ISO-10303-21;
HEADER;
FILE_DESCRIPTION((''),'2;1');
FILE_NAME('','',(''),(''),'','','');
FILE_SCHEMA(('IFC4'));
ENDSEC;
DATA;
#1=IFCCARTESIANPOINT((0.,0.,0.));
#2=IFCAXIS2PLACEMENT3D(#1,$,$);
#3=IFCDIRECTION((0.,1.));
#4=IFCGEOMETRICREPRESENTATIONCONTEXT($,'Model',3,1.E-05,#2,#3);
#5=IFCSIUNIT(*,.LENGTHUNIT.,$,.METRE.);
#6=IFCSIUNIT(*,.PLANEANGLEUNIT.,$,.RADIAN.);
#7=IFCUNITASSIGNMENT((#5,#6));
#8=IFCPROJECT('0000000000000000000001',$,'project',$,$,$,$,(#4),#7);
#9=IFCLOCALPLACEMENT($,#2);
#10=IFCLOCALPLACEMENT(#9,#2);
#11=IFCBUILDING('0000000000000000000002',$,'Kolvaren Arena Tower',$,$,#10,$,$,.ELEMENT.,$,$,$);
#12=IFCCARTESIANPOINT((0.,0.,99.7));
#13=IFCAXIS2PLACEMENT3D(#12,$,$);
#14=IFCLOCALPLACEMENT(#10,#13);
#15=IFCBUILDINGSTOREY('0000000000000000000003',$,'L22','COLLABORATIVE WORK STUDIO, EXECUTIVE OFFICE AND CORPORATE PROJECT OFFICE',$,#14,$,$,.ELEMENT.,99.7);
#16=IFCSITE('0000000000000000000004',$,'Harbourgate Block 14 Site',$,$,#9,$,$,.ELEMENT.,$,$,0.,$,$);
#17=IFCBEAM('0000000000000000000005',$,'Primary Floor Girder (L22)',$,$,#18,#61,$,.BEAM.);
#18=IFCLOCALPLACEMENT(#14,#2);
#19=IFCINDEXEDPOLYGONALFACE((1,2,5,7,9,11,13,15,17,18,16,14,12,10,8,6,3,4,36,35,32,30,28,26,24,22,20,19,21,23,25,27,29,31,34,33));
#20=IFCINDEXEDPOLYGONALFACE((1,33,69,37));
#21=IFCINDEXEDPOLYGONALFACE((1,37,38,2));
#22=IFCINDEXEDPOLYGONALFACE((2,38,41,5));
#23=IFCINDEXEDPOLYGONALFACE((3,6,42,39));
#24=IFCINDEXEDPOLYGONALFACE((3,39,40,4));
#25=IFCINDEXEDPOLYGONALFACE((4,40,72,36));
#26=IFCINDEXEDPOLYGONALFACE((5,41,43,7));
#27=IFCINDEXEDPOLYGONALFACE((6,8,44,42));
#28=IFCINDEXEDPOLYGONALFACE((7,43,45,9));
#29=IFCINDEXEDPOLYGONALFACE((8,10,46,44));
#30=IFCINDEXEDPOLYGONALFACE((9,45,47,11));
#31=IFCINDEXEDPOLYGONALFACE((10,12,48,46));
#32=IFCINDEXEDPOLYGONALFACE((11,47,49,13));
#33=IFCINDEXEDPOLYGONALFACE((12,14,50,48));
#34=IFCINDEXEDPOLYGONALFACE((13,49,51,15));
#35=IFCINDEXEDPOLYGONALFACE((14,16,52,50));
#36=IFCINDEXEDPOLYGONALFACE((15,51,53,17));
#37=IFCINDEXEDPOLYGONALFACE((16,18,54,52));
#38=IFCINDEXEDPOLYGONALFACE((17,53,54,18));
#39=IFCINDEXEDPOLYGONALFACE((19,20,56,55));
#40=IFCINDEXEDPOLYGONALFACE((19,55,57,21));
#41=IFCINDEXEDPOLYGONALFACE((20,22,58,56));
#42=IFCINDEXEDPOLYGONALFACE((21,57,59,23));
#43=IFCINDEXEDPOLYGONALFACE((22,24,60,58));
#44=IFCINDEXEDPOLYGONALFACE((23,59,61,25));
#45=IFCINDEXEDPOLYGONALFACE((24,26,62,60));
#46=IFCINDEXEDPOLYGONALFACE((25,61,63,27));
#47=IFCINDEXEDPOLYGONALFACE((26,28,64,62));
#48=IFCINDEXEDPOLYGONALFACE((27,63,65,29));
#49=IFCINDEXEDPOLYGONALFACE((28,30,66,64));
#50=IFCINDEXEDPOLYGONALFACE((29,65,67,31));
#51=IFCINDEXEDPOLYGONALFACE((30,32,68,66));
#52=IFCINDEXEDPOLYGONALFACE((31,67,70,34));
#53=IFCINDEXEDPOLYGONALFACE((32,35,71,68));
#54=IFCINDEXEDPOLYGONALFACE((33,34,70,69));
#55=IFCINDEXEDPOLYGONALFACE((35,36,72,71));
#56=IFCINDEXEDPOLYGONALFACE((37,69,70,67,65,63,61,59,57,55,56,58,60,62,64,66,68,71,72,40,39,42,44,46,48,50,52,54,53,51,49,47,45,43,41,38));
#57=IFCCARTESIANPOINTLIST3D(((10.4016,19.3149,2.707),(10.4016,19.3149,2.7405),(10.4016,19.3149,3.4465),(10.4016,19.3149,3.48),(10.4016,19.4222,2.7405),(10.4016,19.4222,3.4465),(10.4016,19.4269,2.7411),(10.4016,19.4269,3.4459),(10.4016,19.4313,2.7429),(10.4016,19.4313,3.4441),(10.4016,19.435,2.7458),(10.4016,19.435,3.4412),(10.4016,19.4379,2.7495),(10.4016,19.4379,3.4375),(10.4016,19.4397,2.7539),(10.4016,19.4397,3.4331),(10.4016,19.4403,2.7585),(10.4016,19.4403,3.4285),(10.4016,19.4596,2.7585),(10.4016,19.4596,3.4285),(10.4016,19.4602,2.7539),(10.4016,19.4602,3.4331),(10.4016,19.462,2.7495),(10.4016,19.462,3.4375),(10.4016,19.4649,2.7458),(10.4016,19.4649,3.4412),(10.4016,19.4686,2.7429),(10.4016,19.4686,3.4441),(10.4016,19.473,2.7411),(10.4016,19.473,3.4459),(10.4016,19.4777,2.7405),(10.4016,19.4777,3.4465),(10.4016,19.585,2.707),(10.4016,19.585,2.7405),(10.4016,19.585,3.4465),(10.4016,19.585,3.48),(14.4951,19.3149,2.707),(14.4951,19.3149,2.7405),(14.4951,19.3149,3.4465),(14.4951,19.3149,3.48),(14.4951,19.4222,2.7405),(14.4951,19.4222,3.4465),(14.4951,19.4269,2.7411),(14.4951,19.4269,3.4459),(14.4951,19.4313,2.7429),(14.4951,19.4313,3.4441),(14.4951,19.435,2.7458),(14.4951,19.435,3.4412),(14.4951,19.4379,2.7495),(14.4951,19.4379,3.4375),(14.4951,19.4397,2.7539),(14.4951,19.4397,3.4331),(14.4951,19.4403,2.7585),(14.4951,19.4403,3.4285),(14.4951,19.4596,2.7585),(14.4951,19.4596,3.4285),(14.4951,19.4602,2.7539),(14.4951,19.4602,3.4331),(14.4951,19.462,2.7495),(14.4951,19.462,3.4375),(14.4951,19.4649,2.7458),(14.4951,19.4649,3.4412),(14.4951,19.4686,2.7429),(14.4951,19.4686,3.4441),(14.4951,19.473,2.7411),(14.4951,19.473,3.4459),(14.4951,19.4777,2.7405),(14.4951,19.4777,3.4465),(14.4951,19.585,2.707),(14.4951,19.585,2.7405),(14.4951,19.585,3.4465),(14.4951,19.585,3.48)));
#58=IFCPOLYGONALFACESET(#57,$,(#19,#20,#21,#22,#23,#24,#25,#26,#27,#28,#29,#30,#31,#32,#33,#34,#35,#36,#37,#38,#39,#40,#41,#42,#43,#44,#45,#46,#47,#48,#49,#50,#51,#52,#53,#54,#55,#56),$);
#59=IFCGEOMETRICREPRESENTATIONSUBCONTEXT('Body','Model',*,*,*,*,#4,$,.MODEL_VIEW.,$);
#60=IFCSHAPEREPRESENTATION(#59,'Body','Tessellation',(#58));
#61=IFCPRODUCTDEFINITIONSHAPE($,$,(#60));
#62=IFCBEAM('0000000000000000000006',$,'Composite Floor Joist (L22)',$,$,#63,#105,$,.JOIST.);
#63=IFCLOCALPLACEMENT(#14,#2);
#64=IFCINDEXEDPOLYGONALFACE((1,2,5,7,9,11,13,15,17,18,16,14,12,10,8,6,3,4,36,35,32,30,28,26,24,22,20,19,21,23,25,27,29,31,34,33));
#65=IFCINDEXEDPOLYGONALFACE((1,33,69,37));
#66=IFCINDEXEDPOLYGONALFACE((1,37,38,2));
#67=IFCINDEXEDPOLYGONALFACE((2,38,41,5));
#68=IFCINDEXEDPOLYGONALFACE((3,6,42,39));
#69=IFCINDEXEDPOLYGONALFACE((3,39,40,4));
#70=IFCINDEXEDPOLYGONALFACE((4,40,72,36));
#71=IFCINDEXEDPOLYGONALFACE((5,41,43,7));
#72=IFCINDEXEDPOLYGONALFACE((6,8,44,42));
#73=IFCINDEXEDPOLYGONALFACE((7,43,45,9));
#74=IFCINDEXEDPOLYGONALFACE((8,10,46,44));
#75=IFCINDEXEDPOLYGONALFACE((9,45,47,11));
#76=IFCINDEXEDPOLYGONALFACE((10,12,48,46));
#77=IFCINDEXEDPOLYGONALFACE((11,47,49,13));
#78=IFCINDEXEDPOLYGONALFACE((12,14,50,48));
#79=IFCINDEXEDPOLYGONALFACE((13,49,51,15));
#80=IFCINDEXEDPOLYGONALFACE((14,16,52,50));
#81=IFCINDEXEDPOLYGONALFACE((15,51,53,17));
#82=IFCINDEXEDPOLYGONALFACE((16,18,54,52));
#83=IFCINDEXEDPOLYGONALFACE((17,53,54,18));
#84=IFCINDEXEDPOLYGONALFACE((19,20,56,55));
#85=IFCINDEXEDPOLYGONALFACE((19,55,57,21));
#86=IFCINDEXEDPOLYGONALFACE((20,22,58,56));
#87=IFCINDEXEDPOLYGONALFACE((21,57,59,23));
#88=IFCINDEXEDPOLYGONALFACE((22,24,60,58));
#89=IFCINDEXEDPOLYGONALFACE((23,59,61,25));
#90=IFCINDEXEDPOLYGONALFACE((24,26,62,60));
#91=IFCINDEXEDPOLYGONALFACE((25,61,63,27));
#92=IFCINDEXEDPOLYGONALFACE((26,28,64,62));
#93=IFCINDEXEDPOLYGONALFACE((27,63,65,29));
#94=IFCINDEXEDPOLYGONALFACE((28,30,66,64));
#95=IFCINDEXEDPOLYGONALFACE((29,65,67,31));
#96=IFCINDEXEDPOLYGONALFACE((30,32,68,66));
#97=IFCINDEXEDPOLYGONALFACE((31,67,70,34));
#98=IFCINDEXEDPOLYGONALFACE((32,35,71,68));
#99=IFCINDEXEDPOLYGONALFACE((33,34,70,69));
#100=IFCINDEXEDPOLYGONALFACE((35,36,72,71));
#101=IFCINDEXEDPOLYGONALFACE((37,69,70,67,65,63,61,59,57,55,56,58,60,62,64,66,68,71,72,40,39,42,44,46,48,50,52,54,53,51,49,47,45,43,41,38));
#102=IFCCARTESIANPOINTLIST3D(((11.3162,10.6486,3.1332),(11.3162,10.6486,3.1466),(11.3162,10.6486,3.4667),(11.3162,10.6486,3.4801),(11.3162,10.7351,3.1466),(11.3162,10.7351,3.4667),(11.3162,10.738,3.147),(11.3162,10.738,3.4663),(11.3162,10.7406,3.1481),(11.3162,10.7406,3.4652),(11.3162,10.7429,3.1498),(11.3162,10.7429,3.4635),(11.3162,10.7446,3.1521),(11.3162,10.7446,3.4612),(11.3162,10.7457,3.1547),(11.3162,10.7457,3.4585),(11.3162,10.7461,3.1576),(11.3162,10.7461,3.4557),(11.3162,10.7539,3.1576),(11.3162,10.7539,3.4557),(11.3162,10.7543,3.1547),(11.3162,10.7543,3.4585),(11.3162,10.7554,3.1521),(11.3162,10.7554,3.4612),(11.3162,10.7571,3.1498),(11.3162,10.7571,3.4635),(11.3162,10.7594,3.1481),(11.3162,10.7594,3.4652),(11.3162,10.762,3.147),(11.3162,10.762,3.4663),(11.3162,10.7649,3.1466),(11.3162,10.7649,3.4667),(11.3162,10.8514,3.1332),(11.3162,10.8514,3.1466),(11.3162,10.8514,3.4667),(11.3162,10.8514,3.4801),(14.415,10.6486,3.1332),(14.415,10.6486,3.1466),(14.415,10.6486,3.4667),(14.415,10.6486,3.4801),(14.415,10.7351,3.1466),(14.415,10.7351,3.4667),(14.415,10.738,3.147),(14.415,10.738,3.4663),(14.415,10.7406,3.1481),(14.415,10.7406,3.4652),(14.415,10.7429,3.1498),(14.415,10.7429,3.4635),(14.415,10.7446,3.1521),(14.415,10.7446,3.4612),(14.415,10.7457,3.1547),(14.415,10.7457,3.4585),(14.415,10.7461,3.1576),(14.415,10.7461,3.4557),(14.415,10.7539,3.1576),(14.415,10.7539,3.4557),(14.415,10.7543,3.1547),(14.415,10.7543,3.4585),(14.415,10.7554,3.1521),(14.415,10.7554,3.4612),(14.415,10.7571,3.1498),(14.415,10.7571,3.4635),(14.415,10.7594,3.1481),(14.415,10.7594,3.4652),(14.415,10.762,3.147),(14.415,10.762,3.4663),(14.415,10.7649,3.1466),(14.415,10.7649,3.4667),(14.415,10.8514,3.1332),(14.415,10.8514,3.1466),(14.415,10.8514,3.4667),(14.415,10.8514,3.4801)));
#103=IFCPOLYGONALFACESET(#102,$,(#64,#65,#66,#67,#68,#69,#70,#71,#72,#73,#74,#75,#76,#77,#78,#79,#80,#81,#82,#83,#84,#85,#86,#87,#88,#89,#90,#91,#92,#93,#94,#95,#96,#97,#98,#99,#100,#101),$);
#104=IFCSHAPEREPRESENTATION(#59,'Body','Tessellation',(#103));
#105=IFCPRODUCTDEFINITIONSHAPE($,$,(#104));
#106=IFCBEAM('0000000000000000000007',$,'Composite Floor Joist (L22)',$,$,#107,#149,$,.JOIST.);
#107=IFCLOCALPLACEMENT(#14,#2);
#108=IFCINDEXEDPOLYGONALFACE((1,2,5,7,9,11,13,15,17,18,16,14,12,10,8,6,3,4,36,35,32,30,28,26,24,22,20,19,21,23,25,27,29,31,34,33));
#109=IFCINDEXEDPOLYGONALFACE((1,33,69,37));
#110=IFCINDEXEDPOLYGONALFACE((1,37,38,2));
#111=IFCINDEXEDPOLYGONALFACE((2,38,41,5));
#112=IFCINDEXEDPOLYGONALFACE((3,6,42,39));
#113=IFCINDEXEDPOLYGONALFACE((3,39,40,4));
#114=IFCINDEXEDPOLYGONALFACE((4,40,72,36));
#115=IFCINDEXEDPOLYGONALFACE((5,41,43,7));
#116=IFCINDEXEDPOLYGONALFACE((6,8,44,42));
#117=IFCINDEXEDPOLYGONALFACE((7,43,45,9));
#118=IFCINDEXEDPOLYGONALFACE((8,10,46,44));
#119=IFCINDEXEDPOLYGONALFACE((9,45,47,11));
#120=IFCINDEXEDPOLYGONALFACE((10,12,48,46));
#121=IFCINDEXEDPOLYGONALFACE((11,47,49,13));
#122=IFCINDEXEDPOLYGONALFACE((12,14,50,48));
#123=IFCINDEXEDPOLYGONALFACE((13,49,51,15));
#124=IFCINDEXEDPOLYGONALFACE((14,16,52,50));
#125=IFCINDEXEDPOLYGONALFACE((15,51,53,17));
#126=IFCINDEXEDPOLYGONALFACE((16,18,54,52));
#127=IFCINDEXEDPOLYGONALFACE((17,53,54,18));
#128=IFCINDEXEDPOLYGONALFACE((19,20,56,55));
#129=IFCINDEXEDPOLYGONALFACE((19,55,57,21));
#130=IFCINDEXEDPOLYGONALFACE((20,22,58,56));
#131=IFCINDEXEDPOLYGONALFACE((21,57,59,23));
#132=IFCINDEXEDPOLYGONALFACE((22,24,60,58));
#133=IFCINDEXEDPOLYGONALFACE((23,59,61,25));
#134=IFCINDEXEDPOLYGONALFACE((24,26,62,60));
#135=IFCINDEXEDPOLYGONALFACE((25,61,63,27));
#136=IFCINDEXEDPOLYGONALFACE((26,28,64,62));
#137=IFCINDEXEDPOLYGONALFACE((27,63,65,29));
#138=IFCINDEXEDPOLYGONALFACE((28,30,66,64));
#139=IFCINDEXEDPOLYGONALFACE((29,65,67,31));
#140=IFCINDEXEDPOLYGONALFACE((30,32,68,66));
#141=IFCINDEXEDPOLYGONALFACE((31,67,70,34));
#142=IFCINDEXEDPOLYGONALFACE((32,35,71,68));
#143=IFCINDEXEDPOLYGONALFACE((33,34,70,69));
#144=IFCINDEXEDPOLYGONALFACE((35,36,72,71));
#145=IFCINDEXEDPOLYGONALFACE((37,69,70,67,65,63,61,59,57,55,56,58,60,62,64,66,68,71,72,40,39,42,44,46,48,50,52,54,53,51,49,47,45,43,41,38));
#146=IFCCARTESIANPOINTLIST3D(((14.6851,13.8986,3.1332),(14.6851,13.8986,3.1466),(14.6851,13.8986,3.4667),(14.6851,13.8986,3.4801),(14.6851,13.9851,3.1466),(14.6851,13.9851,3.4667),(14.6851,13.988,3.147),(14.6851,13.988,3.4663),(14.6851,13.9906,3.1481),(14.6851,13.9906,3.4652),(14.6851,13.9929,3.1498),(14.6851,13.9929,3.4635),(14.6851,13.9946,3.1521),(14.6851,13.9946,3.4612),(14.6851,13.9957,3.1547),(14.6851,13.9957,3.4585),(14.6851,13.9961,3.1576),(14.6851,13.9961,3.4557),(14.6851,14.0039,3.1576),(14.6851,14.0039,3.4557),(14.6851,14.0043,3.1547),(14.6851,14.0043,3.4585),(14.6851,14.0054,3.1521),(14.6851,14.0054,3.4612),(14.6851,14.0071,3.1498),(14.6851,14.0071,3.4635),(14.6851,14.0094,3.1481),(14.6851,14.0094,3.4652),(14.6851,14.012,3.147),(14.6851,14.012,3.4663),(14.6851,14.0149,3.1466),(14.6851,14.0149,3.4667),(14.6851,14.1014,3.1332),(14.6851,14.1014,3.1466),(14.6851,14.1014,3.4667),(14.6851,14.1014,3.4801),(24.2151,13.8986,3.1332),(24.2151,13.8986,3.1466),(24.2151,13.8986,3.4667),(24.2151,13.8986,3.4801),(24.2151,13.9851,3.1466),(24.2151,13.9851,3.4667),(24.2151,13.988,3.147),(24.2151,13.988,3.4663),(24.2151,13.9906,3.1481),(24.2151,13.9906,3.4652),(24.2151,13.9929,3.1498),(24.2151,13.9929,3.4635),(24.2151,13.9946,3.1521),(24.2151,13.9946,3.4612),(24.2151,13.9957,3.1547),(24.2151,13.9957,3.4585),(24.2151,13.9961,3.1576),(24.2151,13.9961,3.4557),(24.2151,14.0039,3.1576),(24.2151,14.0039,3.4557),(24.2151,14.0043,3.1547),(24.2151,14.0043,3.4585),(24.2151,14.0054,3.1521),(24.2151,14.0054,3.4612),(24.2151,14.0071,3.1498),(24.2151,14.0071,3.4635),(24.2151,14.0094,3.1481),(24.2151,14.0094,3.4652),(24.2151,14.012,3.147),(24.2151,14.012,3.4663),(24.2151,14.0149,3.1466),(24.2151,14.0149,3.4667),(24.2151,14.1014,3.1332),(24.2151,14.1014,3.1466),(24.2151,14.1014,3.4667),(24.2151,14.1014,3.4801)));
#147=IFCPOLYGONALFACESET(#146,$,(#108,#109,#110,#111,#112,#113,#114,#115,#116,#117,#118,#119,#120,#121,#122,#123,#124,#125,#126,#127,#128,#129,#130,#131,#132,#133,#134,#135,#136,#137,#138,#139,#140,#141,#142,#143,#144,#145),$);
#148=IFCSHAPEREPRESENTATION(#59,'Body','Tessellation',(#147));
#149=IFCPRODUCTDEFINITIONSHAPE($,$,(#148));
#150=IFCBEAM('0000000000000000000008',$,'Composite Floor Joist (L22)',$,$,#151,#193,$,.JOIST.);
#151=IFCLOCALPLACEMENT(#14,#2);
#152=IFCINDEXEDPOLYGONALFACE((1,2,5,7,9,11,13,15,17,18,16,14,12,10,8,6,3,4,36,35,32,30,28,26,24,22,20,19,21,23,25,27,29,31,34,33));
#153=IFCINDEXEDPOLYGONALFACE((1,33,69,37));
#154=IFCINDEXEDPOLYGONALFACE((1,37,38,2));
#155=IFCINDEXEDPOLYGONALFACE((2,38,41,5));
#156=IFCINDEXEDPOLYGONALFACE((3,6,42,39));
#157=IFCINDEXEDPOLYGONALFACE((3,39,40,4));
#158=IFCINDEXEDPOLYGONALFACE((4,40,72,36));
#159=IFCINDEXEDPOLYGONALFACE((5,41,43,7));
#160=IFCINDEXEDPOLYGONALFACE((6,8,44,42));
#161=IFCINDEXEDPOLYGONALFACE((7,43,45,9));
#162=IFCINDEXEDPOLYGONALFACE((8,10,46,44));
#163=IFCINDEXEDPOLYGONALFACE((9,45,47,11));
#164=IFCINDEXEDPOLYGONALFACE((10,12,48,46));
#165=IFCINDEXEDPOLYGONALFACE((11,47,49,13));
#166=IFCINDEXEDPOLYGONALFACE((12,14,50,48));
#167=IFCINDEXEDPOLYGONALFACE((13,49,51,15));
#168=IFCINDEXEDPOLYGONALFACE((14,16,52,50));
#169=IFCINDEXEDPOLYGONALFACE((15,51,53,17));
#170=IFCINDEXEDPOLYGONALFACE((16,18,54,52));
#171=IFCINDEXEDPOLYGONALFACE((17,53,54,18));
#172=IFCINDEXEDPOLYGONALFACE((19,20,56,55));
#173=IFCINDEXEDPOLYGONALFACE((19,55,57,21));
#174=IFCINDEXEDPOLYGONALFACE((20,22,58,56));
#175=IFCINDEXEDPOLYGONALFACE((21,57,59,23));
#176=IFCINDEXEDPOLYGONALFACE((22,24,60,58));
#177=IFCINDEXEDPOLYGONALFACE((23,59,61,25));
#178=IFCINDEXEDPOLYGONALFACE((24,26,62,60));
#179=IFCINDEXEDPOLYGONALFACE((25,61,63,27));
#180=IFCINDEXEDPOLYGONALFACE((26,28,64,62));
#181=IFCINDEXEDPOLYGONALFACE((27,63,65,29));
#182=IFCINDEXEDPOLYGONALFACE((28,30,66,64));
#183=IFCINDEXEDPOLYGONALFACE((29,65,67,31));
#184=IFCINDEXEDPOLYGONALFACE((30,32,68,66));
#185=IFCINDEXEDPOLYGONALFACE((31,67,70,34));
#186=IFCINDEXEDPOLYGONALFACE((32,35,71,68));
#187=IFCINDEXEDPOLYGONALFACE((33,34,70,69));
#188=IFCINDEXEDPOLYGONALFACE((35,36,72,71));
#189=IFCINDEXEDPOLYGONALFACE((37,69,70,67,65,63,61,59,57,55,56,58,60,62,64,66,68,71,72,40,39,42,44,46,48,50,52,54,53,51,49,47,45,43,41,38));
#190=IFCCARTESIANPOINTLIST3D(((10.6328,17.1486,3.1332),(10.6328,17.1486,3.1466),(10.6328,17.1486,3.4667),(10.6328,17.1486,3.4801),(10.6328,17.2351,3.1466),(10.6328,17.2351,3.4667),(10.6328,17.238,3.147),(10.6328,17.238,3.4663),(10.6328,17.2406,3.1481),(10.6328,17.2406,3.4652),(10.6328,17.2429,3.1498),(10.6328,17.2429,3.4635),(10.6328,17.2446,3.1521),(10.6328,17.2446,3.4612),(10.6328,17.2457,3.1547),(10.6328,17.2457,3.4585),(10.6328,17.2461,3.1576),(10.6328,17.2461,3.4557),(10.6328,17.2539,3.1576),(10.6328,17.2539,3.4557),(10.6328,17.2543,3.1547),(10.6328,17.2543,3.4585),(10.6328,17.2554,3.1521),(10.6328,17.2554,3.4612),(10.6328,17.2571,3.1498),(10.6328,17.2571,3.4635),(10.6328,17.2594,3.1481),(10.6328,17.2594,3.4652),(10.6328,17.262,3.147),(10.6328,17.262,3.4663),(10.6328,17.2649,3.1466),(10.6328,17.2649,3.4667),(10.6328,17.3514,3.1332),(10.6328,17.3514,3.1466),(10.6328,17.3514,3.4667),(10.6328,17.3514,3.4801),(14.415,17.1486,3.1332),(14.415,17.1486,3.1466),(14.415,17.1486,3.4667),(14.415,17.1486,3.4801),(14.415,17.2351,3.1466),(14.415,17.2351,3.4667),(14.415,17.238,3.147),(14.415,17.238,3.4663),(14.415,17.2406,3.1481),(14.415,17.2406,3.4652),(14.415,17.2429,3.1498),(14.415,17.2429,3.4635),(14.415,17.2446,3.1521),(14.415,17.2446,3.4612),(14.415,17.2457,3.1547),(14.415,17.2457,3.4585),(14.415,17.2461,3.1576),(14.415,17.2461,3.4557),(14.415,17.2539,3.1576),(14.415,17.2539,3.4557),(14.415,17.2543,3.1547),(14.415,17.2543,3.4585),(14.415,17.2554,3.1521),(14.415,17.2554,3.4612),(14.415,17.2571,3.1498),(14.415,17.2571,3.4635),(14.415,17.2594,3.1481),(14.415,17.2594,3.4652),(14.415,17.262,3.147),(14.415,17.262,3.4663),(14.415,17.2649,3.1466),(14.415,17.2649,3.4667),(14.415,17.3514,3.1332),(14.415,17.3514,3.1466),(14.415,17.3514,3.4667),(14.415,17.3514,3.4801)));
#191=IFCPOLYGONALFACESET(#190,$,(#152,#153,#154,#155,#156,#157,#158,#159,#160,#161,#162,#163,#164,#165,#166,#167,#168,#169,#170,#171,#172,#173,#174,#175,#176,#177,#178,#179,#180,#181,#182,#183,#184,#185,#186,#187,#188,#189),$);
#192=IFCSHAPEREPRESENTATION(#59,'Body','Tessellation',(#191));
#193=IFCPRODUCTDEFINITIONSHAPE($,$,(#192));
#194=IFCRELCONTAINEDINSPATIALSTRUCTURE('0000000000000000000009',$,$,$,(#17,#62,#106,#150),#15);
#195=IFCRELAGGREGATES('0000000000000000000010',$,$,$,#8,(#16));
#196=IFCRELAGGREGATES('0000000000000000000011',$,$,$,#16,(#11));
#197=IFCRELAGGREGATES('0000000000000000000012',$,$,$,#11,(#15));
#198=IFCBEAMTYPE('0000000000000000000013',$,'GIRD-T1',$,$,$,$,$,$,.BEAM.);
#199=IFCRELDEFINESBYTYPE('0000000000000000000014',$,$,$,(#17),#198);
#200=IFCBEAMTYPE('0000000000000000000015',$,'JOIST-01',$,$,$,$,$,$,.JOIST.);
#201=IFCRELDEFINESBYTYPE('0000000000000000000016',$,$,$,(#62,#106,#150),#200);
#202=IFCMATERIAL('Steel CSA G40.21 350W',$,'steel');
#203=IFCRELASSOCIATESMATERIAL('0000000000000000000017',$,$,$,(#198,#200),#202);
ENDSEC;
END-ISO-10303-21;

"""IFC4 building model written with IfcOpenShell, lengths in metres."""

from ifc_helpers import new_model, si_unit, direction, frame, origin, origin_2d, place, context, subcontext, project, spatial, i_section, extrude, material, material_profile, profile_set, type_object, element, save


model = new_model("IFC4")

# Units and contexts
model_context = context("Model", 3, precision=1e-05, world=origin(), true_north=direction((0.0, 1.0)))
body_context = subcontext(model_context, "Body", "Model", "MODEL_VIEW")
ifc_project = project(units=[si_unit("LENGTHUNIT", "METRE"), si_unit("PLANEANGLEUNIT", "RADIAN")], contexts=[model_context])

# Site, building, storey
site_placement = place(None, origin())
site = spatial("IfcSite", under=ifc_project, at=site_placement, Name="Harbourgate Block 14 Site", CompositionType="ELEMENT", RefElevation=0.0)
building_placement = place(site_placement, origin())
building = spatial("IfcBuilding", under=site, at=building_placement, Name="Kolvaren Arena Tower", CompositionType="ELEMENT")
storey_placement = place(building_placement, frame((0.0, 0.0, 99.7)))
storey = spatial("IfcBuildingStorey", under=building, at=storey_placement, Name="L22", Description="COLLABORATIVE WORK STUDIO, EXECUTIVE OFFICE AND CORPORATE PROJECT OFFICE", CompositionType="ELEMENT", Elevation=99.7)

# Beams
ifc_material_1 = material(Name="Steel CSA G40.21 350W", Category="steel")
ifc_material_profile_1 = material_profile(ifc_material_1, i_section(OverallWidth=0.27, OverallDepth=0.7729, WebThickness=0.0193, FlangeThickness=0.0334, FilletRadius=0.0181, at=origin_2d()), Name="W760x257")
ifc_profile_set_1 = profile_set([ifc_material_profile_1], Name="Steel CSA G40.21 350W")
beam_type_1 = type_object("IfcBeamType", Name="GIRD-T1", PredefinedType="BEAM", material=ifc_profile_set_1)
beam_1_placement = place(storey_placement, frame((10.4016, 19.45, 3.0935), z_axis=(1.0, 0.0, 0.0), x_axis=(0.0, 1.0, 0.0)))
element("IfcBeam", 1, at=beam_1_placement, inside=storey, type_object=beam_type_1, Name="Primary Floor Girder (L22)", PredefinedType="BEAM", context=body_context, shape_type="SweptSolid", body=[
    extrude(i_section(OverallWidth=0.27, OverallDepth=0.7729, WebThickness=0.0193, FlangeThickness=0.0334, FilletRadius=0.0181, at=origin_2d()), origin(), (0.0, 0.0, 1.0), 4.0935),
])
ifc_material_profile_2 = material_profile(ifc_material_1, i_section(OverallWidth=0.2029, OverallDepth=0.3469, WebThickness=0.0078, FlangeThickness=0.0134, FilletRadius=0.011, at=origin_2d()), Name="W360x64")
ifc_profile_set_2 = profile_set([ifc_material_profile_2], Name="Steel CSA G40.21 350W")
beam_type_2 = type_object("IfcBeamType", Name="JOIST-01", PredefinedType="JOIST", material=ifc_profile_set_2)
beam_2_placement = place(storey_placement, frame((11.3162, 10.75, 3.3066), z_axis=(1.0, 0.0, 0.0), x_axis=(0.0, 1.0, 0.0)))
element("IfcBeam", 2, at=beam_2_placement, inside=storey, type_object=beam_type_2, Name="Composite Floor Joist (L22)", PredefinedType="JOIST", context=body_context, shape_type="SweptSolid", body=[
    extrude(i_section(OverallWidth=0.2029, OverallDepth=0.3469, WebThickness=0.0078, FlangeThickness=0.0134, FilletRadius=0.011, at=origin_2d()), origin(), (0.0, 0.0, 1.0), 3.0989),
])
beam_3_placement = place(storey_placement, frame((14.6851, 14.0, 3.3066), z_axis=(1.0, 0.0, 0.0), x_axis=(0.0, 1.0, 0.0)))
element("IfcBeam", 3, at=beam_3_placement, inside=storey, type_object=beam_type_2, Name="Composite Floor Joist (L22)", PredefinedType="JOIST", context=body_context, shape_type="SweptSolid", body=[
    extrude(i_section(OverallWidth=0.2029, OverallDepth=0.3469, WebThickness=0.0078, FlangeThickness=0.0134, FilletRadius=0.011, at=origin_2d()), origin(), (0.0, 0.0, 1.0), 9.53),
])
beam_4_placement = place(storey_placement, frame((10.6328, 17.25, 3.3066), z_axis=(1.0, 0.0, 0.0), x_axis=(0.0, 1.0, 0.0)))
element("IfcBeam", 4, at=beam_4_placement, inside=storey, type_object=beam_type_2, Name="Composite Floor Joist (L22)", PredefinedType="JOIST", context=body_context, shape_type="SweptSolid", body=[
    extrude(i_section(OverallWidth=0.2029, OverallDepth=0.3469, WebThickness=0.0078, FlangeThickness=0.0134, FilletRadius=0.011, at=origin_2d()), origin(), (0.0, 0.0, 1.0), 3.7822),
])

save(model, "model.ifc")
